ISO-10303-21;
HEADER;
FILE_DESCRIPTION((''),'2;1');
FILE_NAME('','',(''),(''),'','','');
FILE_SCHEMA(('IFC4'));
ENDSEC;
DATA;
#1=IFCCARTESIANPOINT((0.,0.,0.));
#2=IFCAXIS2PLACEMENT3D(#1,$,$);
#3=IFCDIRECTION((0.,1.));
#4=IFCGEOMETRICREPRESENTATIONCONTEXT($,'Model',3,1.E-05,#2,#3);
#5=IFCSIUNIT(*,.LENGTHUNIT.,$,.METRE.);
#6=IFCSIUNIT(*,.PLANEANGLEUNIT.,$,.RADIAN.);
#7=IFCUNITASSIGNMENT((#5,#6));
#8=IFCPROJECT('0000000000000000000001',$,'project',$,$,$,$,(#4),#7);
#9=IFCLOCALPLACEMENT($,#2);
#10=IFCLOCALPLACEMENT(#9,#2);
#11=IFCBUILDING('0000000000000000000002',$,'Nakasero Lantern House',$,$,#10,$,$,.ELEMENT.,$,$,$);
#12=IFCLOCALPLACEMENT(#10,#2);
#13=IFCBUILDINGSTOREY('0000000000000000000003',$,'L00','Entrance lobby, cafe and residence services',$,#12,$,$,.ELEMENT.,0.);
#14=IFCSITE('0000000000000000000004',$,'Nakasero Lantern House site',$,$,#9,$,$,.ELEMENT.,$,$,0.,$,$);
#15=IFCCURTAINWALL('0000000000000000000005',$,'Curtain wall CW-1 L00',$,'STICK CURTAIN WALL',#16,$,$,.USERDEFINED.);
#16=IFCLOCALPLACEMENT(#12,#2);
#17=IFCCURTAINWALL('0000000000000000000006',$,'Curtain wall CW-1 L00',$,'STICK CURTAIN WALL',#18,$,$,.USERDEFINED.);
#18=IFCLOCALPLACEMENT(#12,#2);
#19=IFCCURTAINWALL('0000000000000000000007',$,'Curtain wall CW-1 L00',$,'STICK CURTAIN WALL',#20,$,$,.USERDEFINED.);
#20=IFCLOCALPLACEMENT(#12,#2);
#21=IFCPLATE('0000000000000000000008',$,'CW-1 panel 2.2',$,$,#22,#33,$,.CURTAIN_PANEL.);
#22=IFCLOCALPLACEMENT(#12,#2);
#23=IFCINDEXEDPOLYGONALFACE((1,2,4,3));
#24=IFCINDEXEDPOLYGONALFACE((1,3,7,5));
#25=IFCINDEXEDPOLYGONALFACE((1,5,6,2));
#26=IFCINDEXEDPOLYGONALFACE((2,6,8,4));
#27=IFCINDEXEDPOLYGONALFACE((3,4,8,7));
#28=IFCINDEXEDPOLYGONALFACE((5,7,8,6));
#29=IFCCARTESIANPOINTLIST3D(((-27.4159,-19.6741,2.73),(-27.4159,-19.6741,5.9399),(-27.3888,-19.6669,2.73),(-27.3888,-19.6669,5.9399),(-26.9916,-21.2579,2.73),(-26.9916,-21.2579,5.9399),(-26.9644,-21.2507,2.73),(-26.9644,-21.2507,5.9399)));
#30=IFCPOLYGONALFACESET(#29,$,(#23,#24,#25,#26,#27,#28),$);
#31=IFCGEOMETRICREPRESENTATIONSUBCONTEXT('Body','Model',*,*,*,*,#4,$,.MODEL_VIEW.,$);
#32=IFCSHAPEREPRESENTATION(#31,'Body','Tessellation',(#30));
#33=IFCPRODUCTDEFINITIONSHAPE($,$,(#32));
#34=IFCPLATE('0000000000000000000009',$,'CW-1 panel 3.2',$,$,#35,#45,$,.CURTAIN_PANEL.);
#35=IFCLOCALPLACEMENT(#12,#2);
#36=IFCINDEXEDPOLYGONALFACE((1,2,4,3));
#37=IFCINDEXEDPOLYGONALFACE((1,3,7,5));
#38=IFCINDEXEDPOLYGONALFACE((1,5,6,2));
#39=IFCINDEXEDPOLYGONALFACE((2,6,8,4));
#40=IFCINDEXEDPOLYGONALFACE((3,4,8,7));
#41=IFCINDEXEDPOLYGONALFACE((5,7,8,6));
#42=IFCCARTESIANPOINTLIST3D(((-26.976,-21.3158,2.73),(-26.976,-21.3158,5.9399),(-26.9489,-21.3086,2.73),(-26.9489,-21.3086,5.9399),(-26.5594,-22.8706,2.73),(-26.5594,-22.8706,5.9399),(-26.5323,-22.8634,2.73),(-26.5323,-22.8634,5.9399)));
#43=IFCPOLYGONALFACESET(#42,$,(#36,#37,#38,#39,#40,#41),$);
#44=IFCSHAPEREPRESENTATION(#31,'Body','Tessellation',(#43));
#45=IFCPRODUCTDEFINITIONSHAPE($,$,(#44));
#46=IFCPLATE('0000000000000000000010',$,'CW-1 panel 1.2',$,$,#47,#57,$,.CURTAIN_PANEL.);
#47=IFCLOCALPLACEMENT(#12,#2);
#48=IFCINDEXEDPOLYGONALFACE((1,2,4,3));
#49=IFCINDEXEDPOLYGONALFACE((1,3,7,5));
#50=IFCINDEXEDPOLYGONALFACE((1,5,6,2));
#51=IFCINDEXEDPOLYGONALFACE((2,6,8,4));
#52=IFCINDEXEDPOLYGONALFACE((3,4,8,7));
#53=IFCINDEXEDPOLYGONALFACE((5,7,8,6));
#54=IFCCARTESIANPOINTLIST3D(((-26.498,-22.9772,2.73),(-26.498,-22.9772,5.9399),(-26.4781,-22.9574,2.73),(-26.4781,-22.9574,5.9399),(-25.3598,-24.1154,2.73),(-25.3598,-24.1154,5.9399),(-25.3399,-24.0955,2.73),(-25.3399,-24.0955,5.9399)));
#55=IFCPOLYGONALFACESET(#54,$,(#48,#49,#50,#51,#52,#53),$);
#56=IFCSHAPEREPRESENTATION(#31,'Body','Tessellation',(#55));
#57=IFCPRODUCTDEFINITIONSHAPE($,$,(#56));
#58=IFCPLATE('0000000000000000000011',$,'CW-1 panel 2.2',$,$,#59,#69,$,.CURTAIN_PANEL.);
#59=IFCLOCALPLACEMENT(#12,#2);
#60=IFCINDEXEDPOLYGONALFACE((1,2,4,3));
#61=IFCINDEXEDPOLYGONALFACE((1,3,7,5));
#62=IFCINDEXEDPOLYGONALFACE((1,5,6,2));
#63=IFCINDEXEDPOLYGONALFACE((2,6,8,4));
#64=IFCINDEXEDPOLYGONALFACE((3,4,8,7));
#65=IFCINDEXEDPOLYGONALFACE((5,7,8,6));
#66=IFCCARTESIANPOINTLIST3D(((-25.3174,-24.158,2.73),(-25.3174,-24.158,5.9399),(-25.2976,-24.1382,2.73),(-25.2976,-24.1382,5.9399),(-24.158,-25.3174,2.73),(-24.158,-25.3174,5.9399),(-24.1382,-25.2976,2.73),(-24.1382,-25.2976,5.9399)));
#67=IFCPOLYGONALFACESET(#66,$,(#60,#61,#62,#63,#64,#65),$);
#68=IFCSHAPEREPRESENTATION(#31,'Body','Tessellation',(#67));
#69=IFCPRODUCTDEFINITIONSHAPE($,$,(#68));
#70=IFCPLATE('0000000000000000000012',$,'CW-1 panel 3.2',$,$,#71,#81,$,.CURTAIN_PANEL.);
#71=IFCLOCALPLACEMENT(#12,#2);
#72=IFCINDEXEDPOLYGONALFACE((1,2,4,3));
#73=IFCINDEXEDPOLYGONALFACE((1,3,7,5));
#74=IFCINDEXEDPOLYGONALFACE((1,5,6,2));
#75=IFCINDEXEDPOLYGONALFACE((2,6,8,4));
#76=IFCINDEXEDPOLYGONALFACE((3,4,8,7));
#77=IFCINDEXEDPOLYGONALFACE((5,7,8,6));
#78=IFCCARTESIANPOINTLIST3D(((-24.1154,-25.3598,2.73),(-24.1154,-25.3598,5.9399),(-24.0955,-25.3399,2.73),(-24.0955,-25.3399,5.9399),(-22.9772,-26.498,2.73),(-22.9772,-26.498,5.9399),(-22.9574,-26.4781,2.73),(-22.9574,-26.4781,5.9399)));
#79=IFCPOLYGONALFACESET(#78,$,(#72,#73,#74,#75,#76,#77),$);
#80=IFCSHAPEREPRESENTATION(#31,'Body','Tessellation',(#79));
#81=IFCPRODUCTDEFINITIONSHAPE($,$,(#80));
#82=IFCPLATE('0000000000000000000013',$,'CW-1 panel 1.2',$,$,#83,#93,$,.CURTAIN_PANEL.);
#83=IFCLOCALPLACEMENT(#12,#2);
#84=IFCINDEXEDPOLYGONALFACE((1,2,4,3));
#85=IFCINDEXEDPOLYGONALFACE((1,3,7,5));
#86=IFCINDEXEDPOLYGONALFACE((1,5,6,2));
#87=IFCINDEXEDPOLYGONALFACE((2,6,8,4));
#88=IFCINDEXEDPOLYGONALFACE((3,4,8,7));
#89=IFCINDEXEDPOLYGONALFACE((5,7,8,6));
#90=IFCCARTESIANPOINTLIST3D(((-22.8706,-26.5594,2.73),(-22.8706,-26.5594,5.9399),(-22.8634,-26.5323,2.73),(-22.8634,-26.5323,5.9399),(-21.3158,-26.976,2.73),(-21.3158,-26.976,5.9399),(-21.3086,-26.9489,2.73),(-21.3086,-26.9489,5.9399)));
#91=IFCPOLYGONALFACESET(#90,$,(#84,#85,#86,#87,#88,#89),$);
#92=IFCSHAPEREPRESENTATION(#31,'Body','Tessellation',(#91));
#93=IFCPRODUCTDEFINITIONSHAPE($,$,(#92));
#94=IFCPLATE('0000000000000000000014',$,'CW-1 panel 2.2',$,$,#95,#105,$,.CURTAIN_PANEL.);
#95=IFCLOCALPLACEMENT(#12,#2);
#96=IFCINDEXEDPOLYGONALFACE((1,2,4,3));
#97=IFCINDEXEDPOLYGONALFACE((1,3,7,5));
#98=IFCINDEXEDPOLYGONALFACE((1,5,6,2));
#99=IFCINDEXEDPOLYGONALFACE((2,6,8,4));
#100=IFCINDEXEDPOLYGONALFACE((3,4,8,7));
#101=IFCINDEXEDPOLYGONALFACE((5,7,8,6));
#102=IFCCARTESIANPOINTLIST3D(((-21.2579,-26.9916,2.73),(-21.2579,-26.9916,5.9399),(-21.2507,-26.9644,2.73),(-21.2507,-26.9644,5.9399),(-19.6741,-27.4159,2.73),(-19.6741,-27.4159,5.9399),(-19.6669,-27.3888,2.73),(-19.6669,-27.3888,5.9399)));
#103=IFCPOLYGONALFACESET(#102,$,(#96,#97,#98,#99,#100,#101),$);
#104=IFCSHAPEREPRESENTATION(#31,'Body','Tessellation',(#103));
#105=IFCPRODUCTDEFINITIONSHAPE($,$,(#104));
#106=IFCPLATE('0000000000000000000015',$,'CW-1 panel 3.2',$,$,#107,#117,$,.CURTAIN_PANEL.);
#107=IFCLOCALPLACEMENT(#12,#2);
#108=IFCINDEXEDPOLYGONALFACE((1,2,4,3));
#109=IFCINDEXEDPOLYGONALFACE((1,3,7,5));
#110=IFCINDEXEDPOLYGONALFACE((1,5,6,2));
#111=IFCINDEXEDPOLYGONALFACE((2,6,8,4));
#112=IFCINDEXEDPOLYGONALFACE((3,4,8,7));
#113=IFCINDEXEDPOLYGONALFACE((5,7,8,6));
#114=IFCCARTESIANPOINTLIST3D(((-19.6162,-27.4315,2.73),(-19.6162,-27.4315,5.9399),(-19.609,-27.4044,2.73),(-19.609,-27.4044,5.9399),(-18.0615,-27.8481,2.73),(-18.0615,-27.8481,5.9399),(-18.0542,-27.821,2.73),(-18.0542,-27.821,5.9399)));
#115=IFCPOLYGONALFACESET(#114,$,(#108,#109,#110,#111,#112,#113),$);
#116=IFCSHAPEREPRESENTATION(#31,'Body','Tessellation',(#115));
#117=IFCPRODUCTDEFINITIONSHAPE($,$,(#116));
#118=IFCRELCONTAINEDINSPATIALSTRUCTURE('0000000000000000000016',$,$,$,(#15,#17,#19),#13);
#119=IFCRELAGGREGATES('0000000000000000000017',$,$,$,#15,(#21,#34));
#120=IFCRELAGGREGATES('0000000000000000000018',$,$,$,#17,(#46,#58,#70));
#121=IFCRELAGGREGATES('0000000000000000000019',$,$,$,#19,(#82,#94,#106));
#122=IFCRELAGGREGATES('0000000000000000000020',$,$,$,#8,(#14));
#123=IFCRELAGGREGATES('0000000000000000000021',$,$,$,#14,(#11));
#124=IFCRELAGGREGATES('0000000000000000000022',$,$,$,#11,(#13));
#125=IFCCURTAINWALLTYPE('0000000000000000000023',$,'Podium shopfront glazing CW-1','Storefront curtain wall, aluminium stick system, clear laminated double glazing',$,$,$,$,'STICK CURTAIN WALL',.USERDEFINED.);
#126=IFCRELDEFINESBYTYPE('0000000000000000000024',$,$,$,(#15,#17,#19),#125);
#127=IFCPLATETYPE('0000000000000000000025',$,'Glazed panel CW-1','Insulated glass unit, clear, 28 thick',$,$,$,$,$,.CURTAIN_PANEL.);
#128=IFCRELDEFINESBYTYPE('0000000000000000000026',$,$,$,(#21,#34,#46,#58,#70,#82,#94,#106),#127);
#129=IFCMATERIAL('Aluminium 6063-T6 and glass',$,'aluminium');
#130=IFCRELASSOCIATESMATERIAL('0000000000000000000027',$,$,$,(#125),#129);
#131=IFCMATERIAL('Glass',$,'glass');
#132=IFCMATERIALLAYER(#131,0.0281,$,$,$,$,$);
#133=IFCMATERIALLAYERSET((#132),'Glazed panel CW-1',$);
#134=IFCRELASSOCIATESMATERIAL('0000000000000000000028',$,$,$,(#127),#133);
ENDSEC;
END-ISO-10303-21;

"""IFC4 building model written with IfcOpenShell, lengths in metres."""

from ifc_helpers import new_model, si_unit, direction, frame, origin, origin_2d, place, context, subcontext, project, spatial, rectangle, extrude, material, layer, layer_set, type_object, element, aggregate, save


model = new_model("IFC4")

# Units and contexts
model_context = context("Model", 3, precision=1e-05, world=origin(), true_north=direction((0.0, 1.0)))
body_context = subcontext(model_context, "Body", "Model", "MODEL_VIEW")
ifc_project = project(units=[si_unit("LENGTHUNIT", "METRE"), si_unit("PLANEANGLEUNIT", "RADIAN")], contexts=[model_context])

# Site, building, storey
site_placement = place(None, origin())
site = spatial("IfcSite", under=ifc_project, at=site_placement, Name="Nakasero Lantern House site", CompositionType="ELEMENT", RefElevation=0.0)
building_placement = place(site_placement, origin())
building = spatial("IfcBuilding", under=site, at=building_placement, Name="Nakasero Lantern House", CompositionType="ELEMENT")
storey_placement = place(building_placement, origin())
storey = spatial("IfcBuildingStorey", under=building, at=storey_placement, Name="L00", Description="Entrance lobby, cafe and residence services", CompositionType="ELEMENT", Elevation=0.0)

# Curtain walls
ifc_material_1 = material(Name="Aluminium 6063-T6 and glass", Category="aluminium")
curtain_wall_type = type_object("IfcCurtainWallType", Name="Podium shopfront glazing CW-1", Description="Storefront curtain wall, aluminium stick system, clear laminated double glazing", ElementType="STICK CURTAIN WALL", PredefinedType="USERDEFINED", material=ifc_material_1)
curtain_wall_1_placement = place(storey_placement, origin())
curtain_wall_1 = element("IfcCurtainWall", 1, at=curtain_wall_1_placement, inside=storey, type_object=curtain_wall_type, Name="Curtain wall CW-1 L00", ObjectType="STICK CURTAIN WALL", PredefinedType="USERDEFINED")
curtain_wall_2_placement = place(storey_placement, origin())
curtain_wall_2 = element("IfcCurtainWall", 2, at=curtain_wall_2_placement, inside=storey, type_object=curtain_wall_type, Name="Curtain wall CW-1 L00", ObjectType="STICK CURTAIN WALL", PredefinedType="USERDEFINED")
curtain_wall_3_placement = place(storey_placement, origin())
curtain_wall_3 = element("IfcCurtainWall", 3, at=curtain_wall_3_placement, inside=storey, type_object=curtain_wall_type, Name="Curtain wall CW-1 L00", ObjectType="STICK CURTAIN WALL", PredefinedType="USERDEFINED")

# Plates
ifc_material_2 = material(Name="Glass", Category="glass")
ifc_layer = layer(ifc_material_2, 0.0281)
ifc_layer_set = layer_set([ifc_layer], Name="Glazed panel CW-1")
plate_type = type_object("IfcPlateType", Name="Glazed panel CW-1", Description="Insulated glass unit, clear, 28 thick", PredefinedType="CURTAIN_PANEL", material=ifc_layer_set)
plate_1_placement = place(storey_placement, frame((-27.1902, -20.4624, 2.73), z_axis=(0.0, 0.0, 1.0), x_axis=(0.258819, -0.965926, 0.0)))
plate_1 = element("IfcPlate", 4, at=plate_1_placement, type_object=plate_type, Name="CW-1 panel 2.2", PredefinedType="CURTAIN_PANEL", context=body_context, shape_type="SweptSolid", body=[
    extrude(rectangle(XDim=1.6396, YDim=0.0281, at=origin_2d()), origin(), (0.0, 0.0, 1.0), 3.21),
])
plate_2_placement = place(storey_placement, frame((-26.7542, -22.0896, 2.73), z_axis=(0.0, 0.0, 1.0), x_axis=(0.258819, -0.965926, 0.0)))
plate_2 = element("IfcPlate", 5, at=plate_2_placement, type_object=plate_type, Name="CW-1 panel 3.2", PredefinedType="CURTAIN_PANEL", context=body_context, shape_type="SweptSolid", body=[
    extrude(rectangle(XDim=1.6096, YDim=0.0281, at=origin_2d()), origin(), (0.0, 0.0, 1.0), 3.21),
])
aggregate(curtain_wall_1, [plate_1, plate_2])
plate_3_placement = place(storey_placement, frame((-25.9189, -23.5364, 2.73), z_axis=(0.0, 0.0, 1.0), x_axis=(0.707107, -0.707107, 0.0)))
plate_3 = element("IfcPlate", 6, at=plate_3_placement, type_object=plate_type, Name="CW-1 panel 1.2", PredefinedType="CURTAIN_PANEL", context=body_context, shape_type="SweptSolid", body=[
    extrude(rectangle(XDim=1.6096, YDim=0.0281, at=origin_2d()), origin(), (0.0, 0.0, 1.0), 3.21),
])
plate_4_placement = place(storey_placement, frame((-24.7278, -24.7278, 2.73), z_axis=(0.0, 0.0, 1.0), x_axis=(0.707107, -0.707107, 0.0)))
plate_4 = element("IfcPlate", 7, at=plate_4_placement, type_object=plate_type, Name="CW-1 panel 2.2", PredefinedType="CURTAIN_PANEL", context=body_context, shape_type="SweptSolid", body=[
    extrude(rectangle(XDim=1.6396, YDim=0.0281, at=origin_2d()), origin(), (0.0, 0.0, 1.0), 3.21),
])
plate_5_placement = place(storey_placement, frame((-23.5364, -25.9189, 2.73), z_axis=(0.0, 0.0, 1.0), x_axis=(0.707107, -0.707107, 0.0)))
plate_5 = element("IfcPlate", 8, at=plate_5_placement, type_object=plate_type, Name="CW-1 panel 3.2", PredefinedType="CURTAIN_PANEL", context=body_context, shape_type="SweptSolid", body=[
    extrude(rectangle(XDim=1.6096, YDim=0.0281, at=origin_2d()), origin(), (0.0, 0.0, 1.0), 3.21),
])
aggregate(curtain_wall_2, [plate_3, plate_4, plate_5])
plate_6_placement = place(storey_placement, frame((-22.0896, -26.7542, 2.73), z_axis=(0.0, 0.0, 1.0), x_axis=(0.965926, -0.258819, 0.0)))
plate_6 = element("IfcPlate", 9, at=plate_6_placement, type_object=plate_type, Name="CW-1 panel 1.2", PredefinedType="CURTAIN_PANEL", context=body_context, shape_type="SweptSolid", body=[
    extrude(rectangle(XDim=1.6096, YDim=0.0281, at=origin_2d()), origin(), (0.0, 0.0, 1.0), 3.21),
])
plate_7_placement = place(storey_placement, frame((-20.4624, -27.1902, 2.73), z_axis=(0.0, 0.0, 1.0), x_axis=(0.965926, -0.258819, 0.0)))
plate_7 = element("IfcPlate", 10, at=plate_7_placement, type_object=plate_type, Name="CW-1 panel 2.2", PredefinedType="CURTAIN_PANEL", context=body_context, shape_type="SweptSolid", body=[
    extrude(rectangle(XDim=1.6396, YDim=0.0281, at=origin_2d()), origin(), (0.0, 0.0, 1.0), 3.21),
])
plate_8_placement = place(storey_placement, frame((-18.8352, -27.6262, 2.73), z_axis=(0.0, 0.0, 1.0), x_axis=(0.965926, -0.258819, 0.0)))
plate_8 = element("IfcPlate", 11, at=plate_8_placement, type_object=plate_type, Name="CW-1 panel 3.2", PredefinedType="CURTAIN_PANEL", context=body_context, shape_type="SweptSolid", body=[
    extrude(rectangle(XDim=1.6096, YDim=0.0281, at=origin_2d()), origin(), (0.0, 0.0, 1.0), 3.21),
])
aggregate(curtain_wall_3, [plate_6, plate_7, plate_8])

save(model, "model.ifc")
